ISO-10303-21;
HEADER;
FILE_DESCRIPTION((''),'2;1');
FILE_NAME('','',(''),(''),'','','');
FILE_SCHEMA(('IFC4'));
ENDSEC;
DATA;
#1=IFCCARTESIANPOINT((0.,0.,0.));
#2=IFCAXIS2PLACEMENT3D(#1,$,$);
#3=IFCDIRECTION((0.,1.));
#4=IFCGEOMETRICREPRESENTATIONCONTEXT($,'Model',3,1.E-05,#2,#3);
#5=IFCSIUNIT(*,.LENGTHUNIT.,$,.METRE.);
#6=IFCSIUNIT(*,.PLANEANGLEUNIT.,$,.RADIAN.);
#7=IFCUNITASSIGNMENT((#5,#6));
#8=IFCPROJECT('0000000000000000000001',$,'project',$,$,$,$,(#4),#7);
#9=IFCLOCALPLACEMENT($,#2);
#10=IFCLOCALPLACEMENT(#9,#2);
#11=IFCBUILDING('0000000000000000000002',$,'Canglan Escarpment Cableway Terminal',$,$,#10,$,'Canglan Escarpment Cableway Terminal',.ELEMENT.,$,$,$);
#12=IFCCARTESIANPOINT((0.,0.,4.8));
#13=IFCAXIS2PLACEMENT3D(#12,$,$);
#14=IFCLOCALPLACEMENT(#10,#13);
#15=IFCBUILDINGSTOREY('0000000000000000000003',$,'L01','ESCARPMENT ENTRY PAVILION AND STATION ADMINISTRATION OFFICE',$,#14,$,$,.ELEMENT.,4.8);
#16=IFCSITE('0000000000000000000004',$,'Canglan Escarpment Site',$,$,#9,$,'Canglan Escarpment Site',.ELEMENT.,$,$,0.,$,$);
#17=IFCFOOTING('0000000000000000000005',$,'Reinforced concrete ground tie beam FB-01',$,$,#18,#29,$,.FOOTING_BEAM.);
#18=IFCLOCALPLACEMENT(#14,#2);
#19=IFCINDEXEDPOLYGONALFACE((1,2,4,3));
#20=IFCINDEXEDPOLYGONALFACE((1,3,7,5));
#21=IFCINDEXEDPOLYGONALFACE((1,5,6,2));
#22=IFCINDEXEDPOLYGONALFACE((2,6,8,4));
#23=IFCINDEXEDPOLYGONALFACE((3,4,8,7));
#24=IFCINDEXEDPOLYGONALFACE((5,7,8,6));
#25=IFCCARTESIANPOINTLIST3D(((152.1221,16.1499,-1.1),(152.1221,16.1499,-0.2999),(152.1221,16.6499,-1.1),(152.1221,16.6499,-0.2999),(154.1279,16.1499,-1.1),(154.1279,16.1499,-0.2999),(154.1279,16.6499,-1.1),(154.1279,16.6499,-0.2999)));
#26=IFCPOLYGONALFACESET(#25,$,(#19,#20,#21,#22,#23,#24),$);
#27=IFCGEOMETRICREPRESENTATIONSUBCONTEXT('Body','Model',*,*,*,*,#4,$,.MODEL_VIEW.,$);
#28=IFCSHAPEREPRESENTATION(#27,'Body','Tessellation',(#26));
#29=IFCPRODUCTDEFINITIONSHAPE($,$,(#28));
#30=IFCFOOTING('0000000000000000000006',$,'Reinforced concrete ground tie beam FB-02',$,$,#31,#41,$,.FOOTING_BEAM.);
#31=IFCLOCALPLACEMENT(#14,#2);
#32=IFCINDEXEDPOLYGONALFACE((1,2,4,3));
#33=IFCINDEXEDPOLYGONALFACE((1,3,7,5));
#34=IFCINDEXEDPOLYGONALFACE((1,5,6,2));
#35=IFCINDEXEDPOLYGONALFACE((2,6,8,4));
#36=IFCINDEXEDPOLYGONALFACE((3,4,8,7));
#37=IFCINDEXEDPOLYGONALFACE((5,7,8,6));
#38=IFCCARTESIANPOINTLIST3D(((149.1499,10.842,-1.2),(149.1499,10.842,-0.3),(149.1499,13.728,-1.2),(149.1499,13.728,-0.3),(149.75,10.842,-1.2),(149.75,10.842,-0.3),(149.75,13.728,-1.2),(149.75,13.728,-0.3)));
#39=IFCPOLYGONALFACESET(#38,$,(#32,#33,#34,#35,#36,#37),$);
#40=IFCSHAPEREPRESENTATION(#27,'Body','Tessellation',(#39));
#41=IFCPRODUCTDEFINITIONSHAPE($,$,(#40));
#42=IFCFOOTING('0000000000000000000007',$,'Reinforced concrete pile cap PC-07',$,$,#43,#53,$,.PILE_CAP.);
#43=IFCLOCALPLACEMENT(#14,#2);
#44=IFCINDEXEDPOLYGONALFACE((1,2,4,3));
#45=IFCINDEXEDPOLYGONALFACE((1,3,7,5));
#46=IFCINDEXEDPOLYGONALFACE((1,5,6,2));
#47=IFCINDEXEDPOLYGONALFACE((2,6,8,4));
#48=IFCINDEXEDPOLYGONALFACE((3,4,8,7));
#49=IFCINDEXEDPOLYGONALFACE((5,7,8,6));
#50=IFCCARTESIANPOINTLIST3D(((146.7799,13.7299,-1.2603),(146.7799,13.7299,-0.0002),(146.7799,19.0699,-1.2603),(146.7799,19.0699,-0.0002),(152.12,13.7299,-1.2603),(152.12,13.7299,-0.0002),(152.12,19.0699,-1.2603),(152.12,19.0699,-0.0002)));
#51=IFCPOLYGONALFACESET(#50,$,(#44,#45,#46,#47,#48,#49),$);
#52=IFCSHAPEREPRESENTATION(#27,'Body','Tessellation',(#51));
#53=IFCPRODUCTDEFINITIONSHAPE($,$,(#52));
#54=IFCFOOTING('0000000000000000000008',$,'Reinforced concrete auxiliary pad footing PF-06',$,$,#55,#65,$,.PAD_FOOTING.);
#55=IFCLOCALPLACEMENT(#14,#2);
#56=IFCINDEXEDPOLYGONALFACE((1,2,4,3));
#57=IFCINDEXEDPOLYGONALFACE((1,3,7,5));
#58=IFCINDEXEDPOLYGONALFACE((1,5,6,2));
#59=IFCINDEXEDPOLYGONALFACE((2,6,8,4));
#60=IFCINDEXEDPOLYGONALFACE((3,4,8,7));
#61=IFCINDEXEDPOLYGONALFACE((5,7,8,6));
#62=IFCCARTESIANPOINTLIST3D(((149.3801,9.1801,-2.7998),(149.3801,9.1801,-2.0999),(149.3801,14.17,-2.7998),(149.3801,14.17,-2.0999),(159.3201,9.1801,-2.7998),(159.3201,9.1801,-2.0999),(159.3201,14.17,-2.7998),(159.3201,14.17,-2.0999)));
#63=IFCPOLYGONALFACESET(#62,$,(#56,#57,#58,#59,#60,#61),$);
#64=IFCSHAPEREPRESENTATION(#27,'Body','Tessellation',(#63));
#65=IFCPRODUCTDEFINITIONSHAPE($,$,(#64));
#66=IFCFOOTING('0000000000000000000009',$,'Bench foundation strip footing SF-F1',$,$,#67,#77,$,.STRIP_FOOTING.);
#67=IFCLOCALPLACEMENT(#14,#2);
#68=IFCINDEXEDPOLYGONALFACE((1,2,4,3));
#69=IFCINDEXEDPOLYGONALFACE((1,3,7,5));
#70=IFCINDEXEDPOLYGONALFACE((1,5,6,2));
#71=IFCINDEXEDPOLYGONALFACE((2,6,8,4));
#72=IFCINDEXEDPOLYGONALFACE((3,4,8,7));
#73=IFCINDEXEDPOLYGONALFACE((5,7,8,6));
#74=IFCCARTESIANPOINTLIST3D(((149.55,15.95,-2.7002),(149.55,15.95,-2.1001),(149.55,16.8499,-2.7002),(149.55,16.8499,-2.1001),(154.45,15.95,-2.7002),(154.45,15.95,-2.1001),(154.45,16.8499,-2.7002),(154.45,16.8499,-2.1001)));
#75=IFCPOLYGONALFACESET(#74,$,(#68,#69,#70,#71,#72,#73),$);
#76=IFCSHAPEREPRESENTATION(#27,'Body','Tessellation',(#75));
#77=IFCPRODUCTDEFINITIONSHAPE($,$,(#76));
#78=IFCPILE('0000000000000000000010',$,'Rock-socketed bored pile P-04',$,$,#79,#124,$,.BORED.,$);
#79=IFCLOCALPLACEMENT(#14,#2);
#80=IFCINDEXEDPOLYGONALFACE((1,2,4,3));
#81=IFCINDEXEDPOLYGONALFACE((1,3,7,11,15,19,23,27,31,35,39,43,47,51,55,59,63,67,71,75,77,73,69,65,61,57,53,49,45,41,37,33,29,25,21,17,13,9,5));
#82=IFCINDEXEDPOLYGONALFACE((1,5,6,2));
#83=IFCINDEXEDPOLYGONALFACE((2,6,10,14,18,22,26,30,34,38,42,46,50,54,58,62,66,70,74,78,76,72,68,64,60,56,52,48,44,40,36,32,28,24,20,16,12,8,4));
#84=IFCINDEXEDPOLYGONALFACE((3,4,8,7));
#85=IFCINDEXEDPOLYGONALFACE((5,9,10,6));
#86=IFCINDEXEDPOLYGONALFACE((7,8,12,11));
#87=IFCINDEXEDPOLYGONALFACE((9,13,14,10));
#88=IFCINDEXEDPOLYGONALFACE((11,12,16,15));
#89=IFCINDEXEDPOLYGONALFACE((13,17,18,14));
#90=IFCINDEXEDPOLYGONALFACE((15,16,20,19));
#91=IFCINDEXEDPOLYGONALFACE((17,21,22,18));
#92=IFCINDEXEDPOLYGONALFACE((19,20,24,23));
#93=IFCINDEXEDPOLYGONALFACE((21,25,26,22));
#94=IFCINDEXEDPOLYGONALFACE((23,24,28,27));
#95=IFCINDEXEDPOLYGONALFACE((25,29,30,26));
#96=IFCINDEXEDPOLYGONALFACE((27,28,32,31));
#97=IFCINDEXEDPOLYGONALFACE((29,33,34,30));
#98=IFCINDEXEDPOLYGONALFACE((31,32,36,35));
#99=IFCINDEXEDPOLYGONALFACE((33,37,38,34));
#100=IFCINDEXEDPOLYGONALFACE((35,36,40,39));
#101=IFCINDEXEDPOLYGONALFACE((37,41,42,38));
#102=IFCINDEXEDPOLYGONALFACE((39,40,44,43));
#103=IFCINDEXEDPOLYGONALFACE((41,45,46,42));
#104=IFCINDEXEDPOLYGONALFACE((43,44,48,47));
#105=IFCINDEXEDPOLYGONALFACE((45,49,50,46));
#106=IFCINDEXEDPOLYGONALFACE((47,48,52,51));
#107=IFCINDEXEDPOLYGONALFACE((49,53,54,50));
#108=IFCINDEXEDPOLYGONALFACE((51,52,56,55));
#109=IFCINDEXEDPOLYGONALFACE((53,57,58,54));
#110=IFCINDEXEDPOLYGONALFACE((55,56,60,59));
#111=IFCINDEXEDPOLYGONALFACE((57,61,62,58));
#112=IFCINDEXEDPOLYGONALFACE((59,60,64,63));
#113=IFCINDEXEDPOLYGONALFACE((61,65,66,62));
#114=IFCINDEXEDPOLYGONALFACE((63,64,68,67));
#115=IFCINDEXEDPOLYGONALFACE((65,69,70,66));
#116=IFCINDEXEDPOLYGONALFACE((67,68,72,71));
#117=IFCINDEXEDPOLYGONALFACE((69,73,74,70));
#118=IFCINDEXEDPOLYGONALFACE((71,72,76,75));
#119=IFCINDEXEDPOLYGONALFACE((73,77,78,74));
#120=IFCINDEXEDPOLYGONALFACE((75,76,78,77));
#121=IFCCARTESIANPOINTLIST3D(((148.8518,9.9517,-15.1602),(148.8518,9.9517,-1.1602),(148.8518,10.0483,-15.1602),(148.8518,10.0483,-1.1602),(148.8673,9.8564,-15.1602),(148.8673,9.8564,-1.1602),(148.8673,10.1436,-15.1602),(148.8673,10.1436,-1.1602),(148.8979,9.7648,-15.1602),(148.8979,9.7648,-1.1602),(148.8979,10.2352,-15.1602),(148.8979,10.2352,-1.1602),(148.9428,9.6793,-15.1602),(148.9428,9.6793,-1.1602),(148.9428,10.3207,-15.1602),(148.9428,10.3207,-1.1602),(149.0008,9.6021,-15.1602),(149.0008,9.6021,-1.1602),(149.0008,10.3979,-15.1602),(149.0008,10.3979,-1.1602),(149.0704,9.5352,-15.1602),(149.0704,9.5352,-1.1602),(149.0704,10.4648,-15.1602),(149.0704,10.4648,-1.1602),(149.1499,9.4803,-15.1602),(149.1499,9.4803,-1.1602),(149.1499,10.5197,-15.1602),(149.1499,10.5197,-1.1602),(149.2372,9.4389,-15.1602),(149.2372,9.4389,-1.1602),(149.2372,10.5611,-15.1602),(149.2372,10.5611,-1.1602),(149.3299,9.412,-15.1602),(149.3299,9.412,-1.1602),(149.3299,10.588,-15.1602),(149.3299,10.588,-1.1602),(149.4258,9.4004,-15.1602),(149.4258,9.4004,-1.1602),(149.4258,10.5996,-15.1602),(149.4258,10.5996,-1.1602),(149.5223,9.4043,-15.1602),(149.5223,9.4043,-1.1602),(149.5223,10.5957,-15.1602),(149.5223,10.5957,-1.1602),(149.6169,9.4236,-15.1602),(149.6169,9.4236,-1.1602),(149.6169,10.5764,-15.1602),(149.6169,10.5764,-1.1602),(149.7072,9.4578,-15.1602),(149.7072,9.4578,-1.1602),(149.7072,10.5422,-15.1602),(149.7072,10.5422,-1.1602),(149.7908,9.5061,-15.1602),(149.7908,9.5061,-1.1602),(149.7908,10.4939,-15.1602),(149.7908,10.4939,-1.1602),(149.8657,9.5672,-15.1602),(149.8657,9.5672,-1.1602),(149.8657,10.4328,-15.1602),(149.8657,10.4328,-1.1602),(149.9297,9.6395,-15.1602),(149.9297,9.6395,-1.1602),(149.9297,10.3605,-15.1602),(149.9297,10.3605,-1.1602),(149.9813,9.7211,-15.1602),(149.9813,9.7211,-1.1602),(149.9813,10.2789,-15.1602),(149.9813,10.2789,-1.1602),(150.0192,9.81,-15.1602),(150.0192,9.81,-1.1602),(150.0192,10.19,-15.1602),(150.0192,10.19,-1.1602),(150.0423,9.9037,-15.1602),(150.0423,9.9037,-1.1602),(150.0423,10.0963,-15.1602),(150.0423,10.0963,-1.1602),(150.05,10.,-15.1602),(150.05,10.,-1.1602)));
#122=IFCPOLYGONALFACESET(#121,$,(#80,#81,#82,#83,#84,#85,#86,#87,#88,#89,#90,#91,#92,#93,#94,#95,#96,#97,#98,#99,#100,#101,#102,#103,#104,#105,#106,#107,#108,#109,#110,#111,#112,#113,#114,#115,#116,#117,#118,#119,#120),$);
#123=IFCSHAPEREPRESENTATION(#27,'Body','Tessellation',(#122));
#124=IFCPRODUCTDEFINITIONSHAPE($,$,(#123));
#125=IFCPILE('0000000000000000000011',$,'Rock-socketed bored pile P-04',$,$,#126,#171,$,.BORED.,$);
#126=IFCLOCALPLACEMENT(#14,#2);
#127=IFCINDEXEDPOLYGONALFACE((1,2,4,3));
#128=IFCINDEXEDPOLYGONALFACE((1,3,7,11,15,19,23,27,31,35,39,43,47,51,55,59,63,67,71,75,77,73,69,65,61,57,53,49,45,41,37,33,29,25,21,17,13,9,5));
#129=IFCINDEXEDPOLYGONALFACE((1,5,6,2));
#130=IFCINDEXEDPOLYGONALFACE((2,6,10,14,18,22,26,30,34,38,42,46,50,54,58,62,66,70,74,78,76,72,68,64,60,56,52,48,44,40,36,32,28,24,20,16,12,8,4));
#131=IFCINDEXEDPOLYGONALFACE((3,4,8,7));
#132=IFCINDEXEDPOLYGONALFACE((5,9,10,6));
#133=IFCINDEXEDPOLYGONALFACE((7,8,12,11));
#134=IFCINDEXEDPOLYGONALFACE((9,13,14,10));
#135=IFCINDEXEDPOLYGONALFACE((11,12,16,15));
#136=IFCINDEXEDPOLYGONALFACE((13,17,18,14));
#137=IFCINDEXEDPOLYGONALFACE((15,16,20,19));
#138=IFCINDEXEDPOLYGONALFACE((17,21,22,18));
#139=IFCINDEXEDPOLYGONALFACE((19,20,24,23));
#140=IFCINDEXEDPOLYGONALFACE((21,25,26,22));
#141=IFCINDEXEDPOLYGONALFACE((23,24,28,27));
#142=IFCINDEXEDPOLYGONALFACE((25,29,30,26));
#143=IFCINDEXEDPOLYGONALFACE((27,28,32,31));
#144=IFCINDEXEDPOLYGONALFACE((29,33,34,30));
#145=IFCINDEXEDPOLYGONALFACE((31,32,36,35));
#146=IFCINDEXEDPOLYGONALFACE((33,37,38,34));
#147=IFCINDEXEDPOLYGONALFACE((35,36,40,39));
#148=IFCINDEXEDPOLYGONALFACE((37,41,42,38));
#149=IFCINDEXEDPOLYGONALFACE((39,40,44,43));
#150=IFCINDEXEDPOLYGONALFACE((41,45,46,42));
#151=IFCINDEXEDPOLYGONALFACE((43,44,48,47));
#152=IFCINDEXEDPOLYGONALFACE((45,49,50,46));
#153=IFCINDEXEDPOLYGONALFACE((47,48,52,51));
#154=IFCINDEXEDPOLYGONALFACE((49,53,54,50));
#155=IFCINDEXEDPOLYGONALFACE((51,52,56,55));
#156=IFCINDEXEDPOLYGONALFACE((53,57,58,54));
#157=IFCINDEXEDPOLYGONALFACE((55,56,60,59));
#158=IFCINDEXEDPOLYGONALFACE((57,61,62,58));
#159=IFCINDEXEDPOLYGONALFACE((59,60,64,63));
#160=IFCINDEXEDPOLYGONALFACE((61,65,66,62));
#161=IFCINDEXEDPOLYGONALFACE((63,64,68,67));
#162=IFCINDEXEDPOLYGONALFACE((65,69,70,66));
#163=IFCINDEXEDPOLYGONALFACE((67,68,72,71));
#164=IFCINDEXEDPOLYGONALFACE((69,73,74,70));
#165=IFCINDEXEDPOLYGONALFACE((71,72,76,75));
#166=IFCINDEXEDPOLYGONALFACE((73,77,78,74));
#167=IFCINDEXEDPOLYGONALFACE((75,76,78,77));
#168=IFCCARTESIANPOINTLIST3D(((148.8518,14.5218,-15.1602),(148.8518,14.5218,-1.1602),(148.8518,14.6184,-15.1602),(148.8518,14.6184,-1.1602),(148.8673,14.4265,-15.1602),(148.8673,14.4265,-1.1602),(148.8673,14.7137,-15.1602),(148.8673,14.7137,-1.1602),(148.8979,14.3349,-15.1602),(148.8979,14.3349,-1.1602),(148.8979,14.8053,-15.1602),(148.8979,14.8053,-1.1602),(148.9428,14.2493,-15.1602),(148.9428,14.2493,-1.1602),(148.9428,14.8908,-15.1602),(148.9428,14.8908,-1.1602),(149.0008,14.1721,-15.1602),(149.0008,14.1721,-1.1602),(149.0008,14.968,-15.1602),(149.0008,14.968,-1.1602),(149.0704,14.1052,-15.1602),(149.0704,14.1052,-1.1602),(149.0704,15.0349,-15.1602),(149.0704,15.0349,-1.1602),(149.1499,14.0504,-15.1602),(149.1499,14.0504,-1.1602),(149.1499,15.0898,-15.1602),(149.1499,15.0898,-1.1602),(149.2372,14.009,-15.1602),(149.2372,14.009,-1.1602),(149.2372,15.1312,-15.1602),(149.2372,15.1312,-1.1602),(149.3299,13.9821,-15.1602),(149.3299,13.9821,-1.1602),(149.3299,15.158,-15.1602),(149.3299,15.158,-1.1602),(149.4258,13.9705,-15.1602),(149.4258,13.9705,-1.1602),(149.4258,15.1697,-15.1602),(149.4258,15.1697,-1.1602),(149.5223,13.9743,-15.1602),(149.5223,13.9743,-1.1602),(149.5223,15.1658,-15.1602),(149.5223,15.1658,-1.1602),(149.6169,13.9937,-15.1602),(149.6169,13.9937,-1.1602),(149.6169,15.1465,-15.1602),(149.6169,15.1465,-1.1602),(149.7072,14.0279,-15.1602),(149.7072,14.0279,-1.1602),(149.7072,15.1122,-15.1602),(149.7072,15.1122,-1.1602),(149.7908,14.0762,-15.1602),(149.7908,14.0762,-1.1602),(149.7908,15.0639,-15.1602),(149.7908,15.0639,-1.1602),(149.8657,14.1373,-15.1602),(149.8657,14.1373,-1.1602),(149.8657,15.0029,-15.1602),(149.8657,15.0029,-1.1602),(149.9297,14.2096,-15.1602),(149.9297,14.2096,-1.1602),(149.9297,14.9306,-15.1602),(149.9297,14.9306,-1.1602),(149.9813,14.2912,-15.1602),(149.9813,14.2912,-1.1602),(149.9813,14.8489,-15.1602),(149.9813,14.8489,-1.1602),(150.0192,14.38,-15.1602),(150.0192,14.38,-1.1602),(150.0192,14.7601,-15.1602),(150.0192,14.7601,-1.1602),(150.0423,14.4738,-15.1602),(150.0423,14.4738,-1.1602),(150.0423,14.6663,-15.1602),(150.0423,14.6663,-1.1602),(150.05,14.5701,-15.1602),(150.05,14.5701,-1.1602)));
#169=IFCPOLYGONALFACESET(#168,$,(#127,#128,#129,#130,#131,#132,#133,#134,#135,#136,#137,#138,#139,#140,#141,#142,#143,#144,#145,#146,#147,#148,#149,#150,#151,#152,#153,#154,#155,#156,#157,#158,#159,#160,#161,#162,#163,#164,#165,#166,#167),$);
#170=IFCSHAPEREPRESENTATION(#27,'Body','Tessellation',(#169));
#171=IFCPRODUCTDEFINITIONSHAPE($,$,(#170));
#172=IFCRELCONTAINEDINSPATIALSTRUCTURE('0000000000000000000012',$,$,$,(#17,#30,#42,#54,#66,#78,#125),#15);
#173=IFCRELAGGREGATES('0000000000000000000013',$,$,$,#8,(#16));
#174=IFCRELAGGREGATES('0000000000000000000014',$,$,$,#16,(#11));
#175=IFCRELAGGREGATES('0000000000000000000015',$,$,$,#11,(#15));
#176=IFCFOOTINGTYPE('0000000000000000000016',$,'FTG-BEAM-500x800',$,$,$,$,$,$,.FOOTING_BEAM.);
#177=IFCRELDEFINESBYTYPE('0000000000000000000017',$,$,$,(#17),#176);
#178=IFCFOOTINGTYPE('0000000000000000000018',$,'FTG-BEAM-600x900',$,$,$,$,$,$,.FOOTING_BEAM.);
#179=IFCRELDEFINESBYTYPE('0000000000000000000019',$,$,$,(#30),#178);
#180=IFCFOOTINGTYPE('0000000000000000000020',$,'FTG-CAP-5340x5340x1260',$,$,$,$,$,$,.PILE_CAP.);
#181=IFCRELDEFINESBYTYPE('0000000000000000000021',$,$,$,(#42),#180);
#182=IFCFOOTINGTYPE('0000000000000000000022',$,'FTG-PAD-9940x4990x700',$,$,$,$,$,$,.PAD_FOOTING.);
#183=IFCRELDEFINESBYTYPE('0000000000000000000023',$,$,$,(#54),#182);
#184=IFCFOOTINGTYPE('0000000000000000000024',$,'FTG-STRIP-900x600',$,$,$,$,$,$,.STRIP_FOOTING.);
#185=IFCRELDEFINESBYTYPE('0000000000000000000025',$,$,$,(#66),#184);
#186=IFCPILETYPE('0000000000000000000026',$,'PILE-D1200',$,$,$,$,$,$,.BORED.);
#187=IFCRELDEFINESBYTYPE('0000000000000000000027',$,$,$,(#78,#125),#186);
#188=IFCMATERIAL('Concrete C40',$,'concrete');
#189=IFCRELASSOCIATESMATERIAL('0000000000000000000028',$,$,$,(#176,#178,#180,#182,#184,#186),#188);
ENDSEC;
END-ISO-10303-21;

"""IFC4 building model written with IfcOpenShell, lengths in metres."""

from ifc_helpers import new_model, si_unit, direction, frame, origin, origin_2d, place, context, subcontext, project, spatial, rectangle, circle, extrude, material, material_profile, profile_set, type_object, element, save


model = new_model("IFC4")

# Units and contexts
model_context = context("Model", 3, precision=1e-05, world=origin(), true_north=direction((0.0, 1.0)))
body_context = subcontext(model_context, "Body", "Model", "MODEL_VIEW")
ifc_project = project(units=[si_unit("LENGTHUNIT", "METRE"), si_unit("PLANEANGLEUNIT", "RADIAN")], contexts=[model_context])

# Site, building, storey
site_placement = place(None, origin())
site = spatial("IfcSite", under=ifc_project, at=site_placement, Name="Canglan Escarpment Site", LongName="Canglan Escarpment Site", CompositionType="ELEMENT", RefElevation=0.0)
building_placement = place(site_placement, origin())
building = spatial("IfcBuilding", under=site, at=building_placement, Name="Canglan Escarpment Cableway Terminal", LongName="Canglan Escarpment Cableway Terminal", CompositionType="ELEMENT")
storey_placement = place(building_placement, frame((0.0, 0.0, 4.8)))
storey = spatial("IfcBuildingStorey", under=building, at=storey_placement, Name="L01", Description="ESCARPMENT ENTRY PAVILION AND STATION ADMINISTRATION OFFICE", CompositionType="ELEMENT", Elevation=4.8)

# Footings
ifc_material_1 = material(Name="Concrete C40", Category="concrete")
ifc_material_profile_1 = material_profile(ifc_material_1, rectangle(XDim=0.5, YDim=0.8, at=origin_2d()), Name="FB 500x800")
ifc_profile_set_1 = profile_set([ifc_material_profile_1], Name="Concrete C40")
footing_type_1 = type_object("IfcFootingType", Name="FTG-BEAM-500x800", PredefinedType="FOOTING_BEAM", material=ifc_profile_set_1)
footing_1_placement = place(storey_placement, frame((152.1221, 16.3999, -0.7), z_axis=(1.0, 0.0, 0.0), x_axis=(0.0, 1.0, 0.0)))
element("IfcFooting", 1, at=footing_1_placement, inside=storey, type_object=footing_type_1, Name="Reinforced concrete ground tie beam FB-01", PredefinedType="FOOTING_BEAM", context=body_context, shape_type="SweptSolid", body=[
    extrude(rectangle(XDim=0.5, YDim=0.8, at=origin_2d()), origin(), (0.0, 0.0, 1.0), 2.0059),
])
ifc_material_profile_2 = material_profile(ifc_material_1, rectangle(XDim=0.6001, YDim=0.8999, at=origin_2d()), Name="FB 600x900")
ifc_profile_set_2 = profile_set([ifc_material_profile_2], Name="Concrete C40")
footing_type_2 = type_object("IfcFootingType", Name="FTG-BEAM-600x900", PredefinedType="FOOTING_BEAM", material=ifc_profile_set_2)
footing_2_placement = place(storey_placement, frame((149.45, 10.842, -0.75), z_axis=(0.0, 1.0, 0.0), x_axis=(-1.0, 0.0, 0.0)))
element("IfcFooting", 2, at=footing_2_placement, inside=storey, type_object=footing_type_2, Name="Reinforced concrete ground tie beam FB-02", PredefinedType="FOOTING_BEAM", context=body_context, shape_type="SweptSolid", body=[
    extrude(rectangle(XDim=0.6001, YDim=0.8999, at=origin_2d()), origin(), (0.0, 0.0, 1.0), 2.886),
])
footing_type_3 = type_object("IfcFootingType", Name="FTG-CAP-5340x5340x1260", PredefinedType="PILE_CAP", material=ifc_material_1)
footing_3_placement = place(storey_placement, frame((149.45, 16.3999, -1.2603), z_axis=(0.0, 0.0, 1.0), x_axis=(1.0, 0.0, 0.0)))
element("IfcFooting", 3, at=footing_3_placement, inside=storey, type_object=footing_type_3, Name="Reinforced concrete pile cap PC-07", PredefinedType="PILE_CAP", context=body_context, shape_type="SweptSolid", body=[
    extrude(rectangle(XDim=5.3401, YDim=5.3401, at=origin_2d()), origin(), (0.0, 0.0, 1.0), 1.26),
])
footing_type_4 = type_object("IfcFootingType", Name="FTG-PAD-9940x4990x700", PredefinedType="PAD_FOOTING", material=ifc_material_1)
footing_4_placement = place(storey_placement, frame((154.3501, 11.675, -2.7998), z_axis=(0.0, 0.0, 1.0), x_axis=(1.0, 0.0, 0.0)))
element("IfcFooting", 4, at=footing_4_placement, inside=storey, type_object=footing_type_4, Name="Reinforced concrete auxiliary pad footing PF-06", PredefinedType="PAD_FOOTING", context=body_context, shape_type="SweptSolid", body=[
    extrude(rectangle(XDim=9.9399, YDim=4.99, at=origin_2d()), origin(), (0.0, 0.0, 1.0), 0.7),
])
ifc_material_profile_3 = material_profile(ifc_material_1, rectangle(XDim=0.8999, YDim=0.6001, at=origin_2d()), Name="SF 900x600")
ifc_profile_set_3 = profile_set([ifc_material_profile_3], Name="Concrete C40")
footing_type_5 = type_object("IfcFootingType", Name="FTG-STRIP-900x600", PredefinedType="STRIP_FOOTING", material=ifc_profile_set_3)
footing_5_placement = place(storey_placement, frame((149.55, 16.3999, -2.4001), z_axis=(1.0, 0.0, 0.0), x_axis=(0.0, 1.0, 0.0)))
element("IfcFooting", 5, at=footing_5_placement, inside=storey, type_object=footing_type_5, Name="Bench foundation strip footing SF-F1", PredefinedType="STRIP_FOOTING", context=body_context, shape_type="SweptSolid", body=[
    extrude(rectangle(XDim=0.8999, YDim=0.6001, at=origin_2d()), origin(), (0.0, 0.0, 1.0), 4.8999),
])

# Piles
ifc_material_profile_4 = material_profile(ifc_material_1, circle(Radius=0.6001, at=origin_2d()), Name="BORED PILE D1200")
ifc_profile_set_4 = profile_set([ifc_material_profile_4], Name="Concrete C40")
pile_type = type_object("IfcPileType", Name="PILE-D1200", PredefinedType="BORED", material=ifc_profile_set_4)
for number, where, z_axis, x_axis, name in (
    (6, (149.45, 10.0, -1.1602), (0.0, 0.0, -1.0), (1.0, 0.0, 0.0), "Rock-socketed bored pile P-04"),
    (7, (149.45, 14.5701, -1.1602), (0.0, 0.0, -1.0), (1.0, 0.0, 0.0), "Rock-socketed bored pile P-04"),
):
    element("IfcPile", number, at=place(storey_placement, frame(where, z_axis=z_axis, x_axis=x_axis)), inside=storey, type_object=pile_type, Name=name, PredefinedType="BORED", context=body_context, shape_type="SweptSolid", body=[
        extrude(circle(Radius=0.6001, at=origin_2d()), origin(), (0.0, 0.0, 1.0), 14.0),
    ])

save(model, "model.ifc")
